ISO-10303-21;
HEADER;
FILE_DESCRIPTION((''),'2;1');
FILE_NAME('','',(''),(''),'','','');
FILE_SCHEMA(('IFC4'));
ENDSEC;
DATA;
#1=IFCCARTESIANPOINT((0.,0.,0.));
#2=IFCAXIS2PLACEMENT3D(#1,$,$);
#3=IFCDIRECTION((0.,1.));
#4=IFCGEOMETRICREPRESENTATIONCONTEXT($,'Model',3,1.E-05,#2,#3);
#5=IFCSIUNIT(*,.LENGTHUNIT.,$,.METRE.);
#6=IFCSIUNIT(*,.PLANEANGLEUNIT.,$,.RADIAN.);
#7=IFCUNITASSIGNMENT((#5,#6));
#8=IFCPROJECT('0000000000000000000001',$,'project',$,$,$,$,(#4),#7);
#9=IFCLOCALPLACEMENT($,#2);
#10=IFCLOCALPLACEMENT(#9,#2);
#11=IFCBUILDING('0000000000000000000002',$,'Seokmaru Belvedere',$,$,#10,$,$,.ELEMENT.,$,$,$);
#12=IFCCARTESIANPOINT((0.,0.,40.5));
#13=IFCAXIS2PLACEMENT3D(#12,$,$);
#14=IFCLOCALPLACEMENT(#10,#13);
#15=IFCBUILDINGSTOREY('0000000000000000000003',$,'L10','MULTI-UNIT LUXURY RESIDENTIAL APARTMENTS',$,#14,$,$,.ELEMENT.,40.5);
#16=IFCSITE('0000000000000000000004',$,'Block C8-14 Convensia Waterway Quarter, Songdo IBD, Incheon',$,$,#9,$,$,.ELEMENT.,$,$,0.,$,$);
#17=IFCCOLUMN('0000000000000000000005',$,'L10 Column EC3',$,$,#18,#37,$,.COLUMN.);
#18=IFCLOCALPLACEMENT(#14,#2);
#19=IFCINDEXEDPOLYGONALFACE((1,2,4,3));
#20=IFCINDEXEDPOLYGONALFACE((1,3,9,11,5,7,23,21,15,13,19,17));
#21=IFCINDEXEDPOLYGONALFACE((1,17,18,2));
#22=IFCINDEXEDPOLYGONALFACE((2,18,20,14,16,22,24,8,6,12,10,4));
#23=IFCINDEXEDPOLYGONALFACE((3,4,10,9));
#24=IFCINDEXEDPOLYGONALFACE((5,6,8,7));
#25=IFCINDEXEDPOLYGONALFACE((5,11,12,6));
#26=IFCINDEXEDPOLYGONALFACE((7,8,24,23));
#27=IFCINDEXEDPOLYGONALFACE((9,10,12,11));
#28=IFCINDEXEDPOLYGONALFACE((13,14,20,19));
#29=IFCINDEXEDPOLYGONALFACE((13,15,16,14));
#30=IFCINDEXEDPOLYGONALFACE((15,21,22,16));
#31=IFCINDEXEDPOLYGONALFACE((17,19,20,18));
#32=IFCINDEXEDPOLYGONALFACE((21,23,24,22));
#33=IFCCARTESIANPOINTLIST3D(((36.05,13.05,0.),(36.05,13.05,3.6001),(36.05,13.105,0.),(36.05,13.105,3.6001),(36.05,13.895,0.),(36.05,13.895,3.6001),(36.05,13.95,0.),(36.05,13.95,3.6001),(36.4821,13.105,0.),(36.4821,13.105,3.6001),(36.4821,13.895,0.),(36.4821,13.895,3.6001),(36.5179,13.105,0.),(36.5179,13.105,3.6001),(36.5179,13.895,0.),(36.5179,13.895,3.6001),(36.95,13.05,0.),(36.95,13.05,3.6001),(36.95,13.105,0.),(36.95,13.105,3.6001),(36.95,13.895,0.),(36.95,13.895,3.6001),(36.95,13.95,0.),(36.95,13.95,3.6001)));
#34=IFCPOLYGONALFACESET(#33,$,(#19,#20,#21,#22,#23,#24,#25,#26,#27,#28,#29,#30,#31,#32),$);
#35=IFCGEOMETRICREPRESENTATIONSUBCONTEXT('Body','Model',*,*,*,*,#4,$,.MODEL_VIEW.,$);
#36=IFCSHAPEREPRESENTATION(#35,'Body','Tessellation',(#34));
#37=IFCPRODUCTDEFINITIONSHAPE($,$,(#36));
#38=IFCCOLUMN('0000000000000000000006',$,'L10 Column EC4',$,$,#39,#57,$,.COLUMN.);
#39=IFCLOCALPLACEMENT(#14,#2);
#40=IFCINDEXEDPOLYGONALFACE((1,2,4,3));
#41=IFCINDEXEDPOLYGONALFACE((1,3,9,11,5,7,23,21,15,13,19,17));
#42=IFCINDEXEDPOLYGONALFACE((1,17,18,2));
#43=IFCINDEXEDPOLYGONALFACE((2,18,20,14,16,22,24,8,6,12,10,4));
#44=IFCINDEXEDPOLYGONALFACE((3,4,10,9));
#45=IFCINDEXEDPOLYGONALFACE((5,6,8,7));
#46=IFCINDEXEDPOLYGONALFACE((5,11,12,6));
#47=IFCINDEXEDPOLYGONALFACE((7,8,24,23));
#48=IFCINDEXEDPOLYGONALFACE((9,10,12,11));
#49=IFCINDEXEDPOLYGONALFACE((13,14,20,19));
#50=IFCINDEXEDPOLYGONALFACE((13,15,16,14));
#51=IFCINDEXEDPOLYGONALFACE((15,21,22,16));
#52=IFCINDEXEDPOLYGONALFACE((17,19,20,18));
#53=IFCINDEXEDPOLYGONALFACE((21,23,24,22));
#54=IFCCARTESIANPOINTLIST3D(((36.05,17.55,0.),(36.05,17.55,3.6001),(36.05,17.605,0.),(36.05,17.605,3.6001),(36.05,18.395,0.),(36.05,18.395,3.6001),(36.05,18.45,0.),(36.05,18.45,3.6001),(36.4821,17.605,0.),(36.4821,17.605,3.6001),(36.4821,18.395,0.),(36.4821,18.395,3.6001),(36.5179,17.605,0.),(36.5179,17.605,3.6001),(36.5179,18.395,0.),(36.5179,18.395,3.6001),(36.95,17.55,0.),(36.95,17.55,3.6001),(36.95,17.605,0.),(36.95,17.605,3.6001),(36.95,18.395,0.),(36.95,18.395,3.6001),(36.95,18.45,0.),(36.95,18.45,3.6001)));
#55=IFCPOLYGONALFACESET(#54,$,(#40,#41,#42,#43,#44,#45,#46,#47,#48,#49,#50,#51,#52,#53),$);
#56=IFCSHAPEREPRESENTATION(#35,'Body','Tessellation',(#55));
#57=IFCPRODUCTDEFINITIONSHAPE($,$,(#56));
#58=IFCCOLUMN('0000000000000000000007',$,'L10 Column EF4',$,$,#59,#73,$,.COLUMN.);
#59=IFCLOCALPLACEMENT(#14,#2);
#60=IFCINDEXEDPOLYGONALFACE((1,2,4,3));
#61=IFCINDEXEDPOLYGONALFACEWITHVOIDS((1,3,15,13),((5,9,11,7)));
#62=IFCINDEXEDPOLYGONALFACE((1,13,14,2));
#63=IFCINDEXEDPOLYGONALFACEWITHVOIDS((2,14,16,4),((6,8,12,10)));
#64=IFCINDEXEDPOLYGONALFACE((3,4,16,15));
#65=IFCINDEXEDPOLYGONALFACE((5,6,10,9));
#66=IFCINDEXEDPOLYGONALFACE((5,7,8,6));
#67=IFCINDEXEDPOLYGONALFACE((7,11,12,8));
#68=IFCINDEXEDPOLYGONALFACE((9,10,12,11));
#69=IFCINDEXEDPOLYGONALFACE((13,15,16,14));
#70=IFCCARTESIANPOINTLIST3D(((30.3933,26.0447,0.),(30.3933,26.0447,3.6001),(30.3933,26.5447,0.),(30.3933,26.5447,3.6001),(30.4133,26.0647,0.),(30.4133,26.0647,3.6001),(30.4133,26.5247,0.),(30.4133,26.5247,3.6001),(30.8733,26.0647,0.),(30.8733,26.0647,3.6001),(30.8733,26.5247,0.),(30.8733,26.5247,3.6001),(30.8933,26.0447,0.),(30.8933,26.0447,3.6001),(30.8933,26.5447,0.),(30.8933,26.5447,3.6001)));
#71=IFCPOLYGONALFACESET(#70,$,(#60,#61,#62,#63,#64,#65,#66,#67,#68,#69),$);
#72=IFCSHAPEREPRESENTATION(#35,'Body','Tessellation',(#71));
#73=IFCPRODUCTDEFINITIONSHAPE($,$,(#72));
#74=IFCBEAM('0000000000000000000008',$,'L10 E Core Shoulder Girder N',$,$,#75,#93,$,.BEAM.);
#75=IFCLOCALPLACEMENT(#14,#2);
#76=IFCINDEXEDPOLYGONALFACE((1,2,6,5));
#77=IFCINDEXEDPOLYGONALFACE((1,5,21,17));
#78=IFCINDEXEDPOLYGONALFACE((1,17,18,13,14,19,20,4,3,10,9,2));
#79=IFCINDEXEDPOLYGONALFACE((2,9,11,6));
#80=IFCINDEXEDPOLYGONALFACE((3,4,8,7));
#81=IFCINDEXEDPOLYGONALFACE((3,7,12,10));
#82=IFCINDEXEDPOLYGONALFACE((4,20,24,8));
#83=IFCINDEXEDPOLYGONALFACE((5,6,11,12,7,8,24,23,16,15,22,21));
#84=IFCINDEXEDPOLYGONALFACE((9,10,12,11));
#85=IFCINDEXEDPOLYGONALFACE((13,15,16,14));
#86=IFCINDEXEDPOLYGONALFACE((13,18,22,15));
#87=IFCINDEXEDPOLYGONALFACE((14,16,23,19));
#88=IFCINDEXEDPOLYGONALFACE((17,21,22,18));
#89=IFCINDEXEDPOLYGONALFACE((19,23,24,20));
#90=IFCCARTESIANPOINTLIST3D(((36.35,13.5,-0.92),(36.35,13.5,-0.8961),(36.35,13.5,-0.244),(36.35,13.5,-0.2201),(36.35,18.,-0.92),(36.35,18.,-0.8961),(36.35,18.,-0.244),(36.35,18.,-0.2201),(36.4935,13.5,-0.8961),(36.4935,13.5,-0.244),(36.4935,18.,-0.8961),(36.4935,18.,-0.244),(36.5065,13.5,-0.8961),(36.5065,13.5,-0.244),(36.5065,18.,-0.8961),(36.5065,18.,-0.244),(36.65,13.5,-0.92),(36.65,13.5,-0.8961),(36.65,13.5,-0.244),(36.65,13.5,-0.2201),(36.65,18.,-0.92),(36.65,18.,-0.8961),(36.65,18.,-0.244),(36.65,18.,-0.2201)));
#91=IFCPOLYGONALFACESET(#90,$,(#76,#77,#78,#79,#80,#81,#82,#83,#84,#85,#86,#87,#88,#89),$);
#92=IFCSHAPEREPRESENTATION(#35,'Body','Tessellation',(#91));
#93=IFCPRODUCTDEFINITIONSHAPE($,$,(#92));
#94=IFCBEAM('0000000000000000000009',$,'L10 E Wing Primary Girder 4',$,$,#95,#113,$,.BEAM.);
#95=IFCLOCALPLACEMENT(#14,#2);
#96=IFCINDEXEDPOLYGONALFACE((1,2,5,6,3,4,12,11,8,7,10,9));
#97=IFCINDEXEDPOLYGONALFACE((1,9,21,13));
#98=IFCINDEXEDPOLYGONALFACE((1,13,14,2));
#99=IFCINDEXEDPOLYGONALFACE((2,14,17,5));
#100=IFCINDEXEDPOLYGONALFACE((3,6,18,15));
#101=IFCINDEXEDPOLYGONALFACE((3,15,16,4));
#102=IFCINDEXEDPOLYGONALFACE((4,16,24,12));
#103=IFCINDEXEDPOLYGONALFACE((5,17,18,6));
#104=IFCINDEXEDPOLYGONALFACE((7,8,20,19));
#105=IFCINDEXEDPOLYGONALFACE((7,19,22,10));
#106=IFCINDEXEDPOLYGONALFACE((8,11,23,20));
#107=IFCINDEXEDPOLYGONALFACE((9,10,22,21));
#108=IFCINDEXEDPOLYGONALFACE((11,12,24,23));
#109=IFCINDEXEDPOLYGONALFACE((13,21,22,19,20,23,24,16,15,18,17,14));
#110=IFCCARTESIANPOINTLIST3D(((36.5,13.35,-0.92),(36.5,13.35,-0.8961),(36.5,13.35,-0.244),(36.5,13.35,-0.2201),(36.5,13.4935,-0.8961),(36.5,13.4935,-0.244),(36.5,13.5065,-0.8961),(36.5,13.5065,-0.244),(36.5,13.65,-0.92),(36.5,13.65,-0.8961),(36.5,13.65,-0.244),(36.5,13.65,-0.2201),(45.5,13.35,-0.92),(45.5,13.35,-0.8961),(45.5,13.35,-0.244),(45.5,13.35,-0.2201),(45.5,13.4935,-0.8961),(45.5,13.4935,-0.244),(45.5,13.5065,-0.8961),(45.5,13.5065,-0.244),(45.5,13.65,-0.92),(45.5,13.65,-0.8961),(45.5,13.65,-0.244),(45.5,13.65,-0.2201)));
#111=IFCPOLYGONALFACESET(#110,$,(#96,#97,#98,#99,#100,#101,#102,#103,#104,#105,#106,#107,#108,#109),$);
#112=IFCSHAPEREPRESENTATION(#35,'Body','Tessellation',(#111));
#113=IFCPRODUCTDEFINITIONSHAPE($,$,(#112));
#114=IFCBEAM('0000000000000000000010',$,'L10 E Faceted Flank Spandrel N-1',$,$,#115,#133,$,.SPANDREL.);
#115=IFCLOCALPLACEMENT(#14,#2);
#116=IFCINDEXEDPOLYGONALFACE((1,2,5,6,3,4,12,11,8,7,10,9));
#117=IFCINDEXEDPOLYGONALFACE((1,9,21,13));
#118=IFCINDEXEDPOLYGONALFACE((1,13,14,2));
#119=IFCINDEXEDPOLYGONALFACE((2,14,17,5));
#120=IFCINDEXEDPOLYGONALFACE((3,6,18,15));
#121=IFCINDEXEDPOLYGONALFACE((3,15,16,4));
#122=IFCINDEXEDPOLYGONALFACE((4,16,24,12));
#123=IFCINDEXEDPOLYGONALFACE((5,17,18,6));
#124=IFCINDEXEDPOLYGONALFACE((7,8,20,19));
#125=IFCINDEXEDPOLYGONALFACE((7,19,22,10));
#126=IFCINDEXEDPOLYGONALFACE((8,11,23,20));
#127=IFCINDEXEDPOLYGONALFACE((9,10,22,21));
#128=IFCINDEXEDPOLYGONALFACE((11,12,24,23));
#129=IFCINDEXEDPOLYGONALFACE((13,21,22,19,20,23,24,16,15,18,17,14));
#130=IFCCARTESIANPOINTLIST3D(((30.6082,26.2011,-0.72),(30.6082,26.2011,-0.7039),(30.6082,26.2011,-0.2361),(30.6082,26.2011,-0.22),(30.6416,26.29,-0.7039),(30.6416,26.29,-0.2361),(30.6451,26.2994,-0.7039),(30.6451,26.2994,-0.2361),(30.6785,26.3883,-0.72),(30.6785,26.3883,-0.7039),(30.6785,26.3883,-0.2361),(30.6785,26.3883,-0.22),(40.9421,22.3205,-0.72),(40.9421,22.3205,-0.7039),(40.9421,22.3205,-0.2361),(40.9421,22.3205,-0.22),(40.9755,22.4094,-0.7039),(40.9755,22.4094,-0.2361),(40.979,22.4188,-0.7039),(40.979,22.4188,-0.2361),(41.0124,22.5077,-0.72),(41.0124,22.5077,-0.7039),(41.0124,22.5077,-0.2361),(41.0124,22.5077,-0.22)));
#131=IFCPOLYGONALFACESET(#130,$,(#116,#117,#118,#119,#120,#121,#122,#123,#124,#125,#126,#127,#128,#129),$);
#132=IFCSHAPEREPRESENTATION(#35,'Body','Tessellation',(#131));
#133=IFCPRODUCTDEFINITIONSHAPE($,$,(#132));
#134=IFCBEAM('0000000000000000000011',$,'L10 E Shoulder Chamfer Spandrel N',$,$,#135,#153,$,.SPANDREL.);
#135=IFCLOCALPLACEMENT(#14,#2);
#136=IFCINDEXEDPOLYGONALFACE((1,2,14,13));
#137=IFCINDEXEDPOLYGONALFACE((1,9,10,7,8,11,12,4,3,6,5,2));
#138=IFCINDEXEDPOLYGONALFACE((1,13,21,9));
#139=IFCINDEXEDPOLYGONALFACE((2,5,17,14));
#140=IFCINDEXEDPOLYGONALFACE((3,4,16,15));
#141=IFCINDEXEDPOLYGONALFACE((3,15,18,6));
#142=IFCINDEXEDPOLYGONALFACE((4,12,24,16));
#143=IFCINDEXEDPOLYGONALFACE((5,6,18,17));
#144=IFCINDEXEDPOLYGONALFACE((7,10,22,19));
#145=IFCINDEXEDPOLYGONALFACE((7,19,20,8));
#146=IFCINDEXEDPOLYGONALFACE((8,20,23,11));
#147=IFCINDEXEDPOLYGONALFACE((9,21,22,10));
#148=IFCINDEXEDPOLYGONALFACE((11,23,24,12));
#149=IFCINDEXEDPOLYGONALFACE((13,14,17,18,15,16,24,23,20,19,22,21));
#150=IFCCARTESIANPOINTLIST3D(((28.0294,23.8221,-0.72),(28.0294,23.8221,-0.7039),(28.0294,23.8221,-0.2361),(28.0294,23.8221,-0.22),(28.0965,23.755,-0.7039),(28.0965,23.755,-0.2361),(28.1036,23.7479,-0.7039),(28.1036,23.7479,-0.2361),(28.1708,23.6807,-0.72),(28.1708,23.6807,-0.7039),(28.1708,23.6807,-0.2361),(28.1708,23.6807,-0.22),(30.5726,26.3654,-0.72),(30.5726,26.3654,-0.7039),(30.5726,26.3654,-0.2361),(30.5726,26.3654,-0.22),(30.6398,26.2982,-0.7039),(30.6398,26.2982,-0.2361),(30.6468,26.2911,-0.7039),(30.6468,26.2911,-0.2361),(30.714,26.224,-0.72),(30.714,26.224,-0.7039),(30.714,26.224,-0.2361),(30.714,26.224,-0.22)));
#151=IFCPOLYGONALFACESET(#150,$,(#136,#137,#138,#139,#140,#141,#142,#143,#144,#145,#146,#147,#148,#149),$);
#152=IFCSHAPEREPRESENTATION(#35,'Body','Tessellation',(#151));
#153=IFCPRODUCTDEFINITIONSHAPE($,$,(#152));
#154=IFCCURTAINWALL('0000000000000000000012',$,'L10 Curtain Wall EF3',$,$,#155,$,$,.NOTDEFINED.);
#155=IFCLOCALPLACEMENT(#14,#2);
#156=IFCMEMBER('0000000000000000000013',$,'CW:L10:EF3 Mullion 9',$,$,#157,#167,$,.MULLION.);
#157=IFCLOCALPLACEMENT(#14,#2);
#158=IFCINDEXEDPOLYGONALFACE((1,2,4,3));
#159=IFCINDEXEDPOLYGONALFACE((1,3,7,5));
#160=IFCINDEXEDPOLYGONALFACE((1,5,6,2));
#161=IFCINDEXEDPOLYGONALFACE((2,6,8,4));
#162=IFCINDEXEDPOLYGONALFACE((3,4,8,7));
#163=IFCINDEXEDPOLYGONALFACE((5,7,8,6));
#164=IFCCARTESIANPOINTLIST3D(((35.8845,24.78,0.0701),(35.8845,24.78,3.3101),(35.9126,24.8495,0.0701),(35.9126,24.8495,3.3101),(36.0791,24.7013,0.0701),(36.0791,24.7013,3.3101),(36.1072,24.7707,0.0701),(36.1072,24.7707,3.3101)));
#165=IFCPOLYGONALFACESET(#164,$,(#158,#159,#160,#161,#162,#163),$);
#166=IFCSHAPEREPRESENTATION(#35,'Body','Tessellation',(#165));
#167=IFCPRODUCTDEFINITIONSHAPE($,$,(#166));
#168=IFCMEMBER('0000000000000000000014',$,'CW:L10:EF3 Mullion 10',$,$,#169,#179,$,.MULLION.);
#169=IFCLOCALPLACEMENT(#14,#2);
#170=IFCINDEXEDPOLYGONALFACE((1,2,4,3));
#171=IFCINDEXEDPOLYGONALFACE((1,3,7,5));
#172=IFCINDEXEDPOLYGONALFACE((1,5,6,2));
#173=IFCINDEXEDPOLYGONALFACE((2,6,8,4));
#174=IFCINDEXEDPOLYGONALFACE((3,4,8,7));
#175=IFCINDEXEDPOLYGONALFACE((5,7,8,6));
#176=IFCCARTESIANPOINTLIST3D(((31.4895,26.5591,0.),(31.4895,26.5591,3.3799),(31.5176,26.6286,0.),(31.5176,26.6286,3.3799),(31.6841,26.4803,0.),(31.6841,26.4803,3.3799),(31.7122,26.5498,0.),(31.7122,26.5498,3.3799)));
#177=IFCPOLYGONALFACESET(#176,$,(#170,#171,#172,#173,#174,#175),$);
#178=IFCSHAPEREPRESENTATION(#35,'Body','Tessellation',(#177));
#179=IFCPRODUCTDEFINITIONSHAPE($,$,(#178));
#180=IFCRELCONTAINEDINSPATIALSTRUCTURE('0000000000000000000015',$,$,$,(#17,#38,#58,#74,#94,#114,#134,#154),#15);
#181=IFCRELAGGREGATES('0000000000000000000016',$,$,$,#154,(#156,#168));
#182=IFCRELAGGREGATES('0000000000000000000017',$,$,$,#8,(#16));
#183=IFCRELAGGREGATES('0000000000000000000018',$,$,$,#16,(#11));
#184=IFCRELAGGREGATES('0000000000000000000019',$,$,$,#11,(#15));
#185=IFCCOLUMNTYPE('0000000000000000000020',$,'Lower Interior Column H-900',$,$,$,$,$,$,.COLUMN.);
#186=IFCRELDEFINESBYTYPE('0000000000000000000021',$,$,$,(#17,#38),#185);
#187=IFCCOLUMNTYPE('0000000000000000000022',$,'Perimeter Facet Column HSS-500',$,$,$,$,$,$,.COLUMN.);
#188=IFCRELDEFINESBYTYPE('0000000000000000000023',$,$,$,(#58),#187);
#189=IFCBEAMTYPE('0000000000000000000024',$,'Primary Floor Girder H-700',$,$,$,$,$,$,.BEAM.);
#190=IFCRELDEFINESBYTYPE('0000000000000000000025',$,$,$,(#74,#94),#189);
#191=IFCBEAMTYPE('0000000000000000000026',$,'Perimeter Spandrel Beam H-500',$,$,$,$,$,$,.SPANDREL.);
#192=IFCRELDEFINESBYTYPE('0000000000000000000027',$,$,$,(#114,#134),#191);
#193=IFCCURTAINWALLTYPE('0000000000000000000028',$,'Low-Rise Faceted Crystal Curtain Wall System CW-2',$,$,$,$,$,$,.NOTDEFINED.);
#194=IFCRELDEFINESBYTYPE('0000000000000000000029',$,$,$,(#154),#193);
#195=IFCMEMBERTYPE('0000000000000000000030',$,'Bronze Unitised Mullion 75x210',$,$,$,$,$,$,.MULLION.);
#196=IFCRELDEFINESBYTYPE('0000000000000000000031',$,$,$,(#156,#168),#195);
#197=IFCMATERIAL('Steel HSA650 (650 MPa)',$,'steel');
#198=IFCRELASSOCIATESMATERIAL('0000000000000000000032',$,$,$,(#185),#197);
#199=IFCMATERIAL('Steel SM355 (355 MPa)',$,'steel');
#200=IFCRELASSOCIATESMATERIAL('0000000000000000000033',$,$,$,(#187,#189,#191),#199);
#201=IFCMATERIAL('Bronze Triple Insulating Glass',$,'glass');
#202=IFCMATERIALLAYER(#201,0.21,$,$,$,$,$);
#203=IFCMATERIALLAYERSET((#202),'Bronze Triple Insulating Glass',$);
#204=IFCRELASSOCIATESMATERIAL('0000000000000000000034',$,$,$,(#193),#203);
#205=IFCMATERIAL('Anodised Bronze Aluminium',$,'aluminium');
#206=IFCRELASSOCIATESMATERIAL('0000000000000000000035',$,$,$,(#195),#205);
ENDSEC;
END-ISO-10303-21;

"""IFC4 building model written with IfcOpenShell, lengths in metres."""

from ifc_helpers import new_model, si_unit, direction, frame, origin, origin_2d, place, context, subcontext, project, spatial, rectangle, hollow_rectangle, i_section, extrude, source, transform, mapped, material, layer, layer_set, material_profile, profile_set, type_object, type_shapes, element, aggregate, save


model = new_model("IFC4")

# Units and contexts
model_context = context("Model", 3, precision=1e-05, world=origin(), true_north=direction((0.0, 1.0)))
body_context = subcontext(model_context, "Body", "Model", "MODEL_VIEW")
ifc_project = project(units=[si_unit("LENGTHUNIT", "METRE"), si_unit("PLANEANGLEUNIT", "RADIAN")], contexts=[model_context])

# Site, building, storey
site_placement = place(None, origin())
site = spatial("IfcSite", under=ifc_project, at=site_placement, Name="Block C8-14 Convensia Waterway Quarter, Songdo IBD, Incheon", CompositionType="ELEMENT", RefElevation=0.0)
building_placement = place(site_placement, origin())
building = spatial("IfcBuilding", under=site, at=building_placement, Name="Seokmaru Belvedere", CompositionType="ELEMENT")
storey_placement = place(building_placement, frame((0.0, 0.0, 40.5)))
storey = spatial("IfcBuildingStorey", under=building, at=storey_placement, Name="L10", Description="MULTI-UNIT LUXURY RESIDENTIAL APARTMENTS", CompositionType="ELEMENT", Elevation=40.5)

# Columns
ifc_material_1 = material(Name="Steel HSA650 (650 MPa)", Category="steel")
ifc_material_profile_1 = material_profile(ifc_material_1, i_section(OverallWidth=0.8999, OverallDepth=0.8999, WebThickness=0.0359, FlangeThickness=0.0549, at=origin_2d()), Name="H-900x900x36x55")
ifc_profile_set_1 = profile_set([ifc_material_profile_1], Name="Steel HSA650 (650 MPa)")
column_type_1 = type_object("IfcColumnType", Name="Lower Interior Column H-900", PredefinedType="COLUMN", material=ifc_profile_set_1)
shared_shape_1 = source(origin(), body_context, "Body", "SweptSolid", [
    extrude(i_section(OverallWidth=0.8999, OverallDepth=0.8999, WebThickness=0.0359, FlangeThickness=0.0549, at=origin_2d()), origin(), (0.0, 0.0, 1.0), 3.6001),
])
type_shapes(column_type_1, [shared_shape_1])
for number, where, z_axis, x_axis, name in (
    (1, (36.5, 13.5, 0.0), (0.0, 0.0, 1.0), (1.0, 0.0, 0.0), "L10 Column EC3"),
    (2, (36.5, 18.0, 0.0), (0.0, 0.0, 1.0), (1.0, 0.0, 0.0), "L10 Column EC4"),
):
    element("IfcColumn", number, at=place(storey_placement, frame(where, z_axis=z_axis, x_axis=x_axis)), inside=storey, type_object=column_type_1, Name=name, PredefinedType="COLUMN", context=body_context, shape_type="MappedRepresentation", body=[
        mapped(shared_shape_1, transform((0.0, 0.0, 0.0), scale=1.0)),
    ])
ifc_material_2 = material(Name="Steel SM355 (355 MPa)", Category="steel")
ifc_material_profile_2 = material_profile(ifc_material_2, hollow_rectangle(XDim=0.5, YDim=0.5, WallThickness=0.02, at=origin_2d()), Name="HSS-500x500x20")
ifc_profile_set_2 = profile_set([ifc_material_profile_2], Name="Steel SM355 (355 MPa)")
column_type_2 = type_object("IfcColumnType", Name="Perimeter Facet Column HSS-500", PredefinedType="COLUMN", material=ifc_profile_set_2)
shared_shape_2 = source(origin(), body_context, "Body", "SweptSolid", [
    extrude(hollow_rectangle(XDim=0.5, YDim=0.5, WallThickness=0.02, at=origin_2d()), origin(), (0.0, 0.0, 1.0), 3.6001),
])
type_shapes(column_type_2, [shared_shape_2])
column_placement = place(storey_placement, frame((30.6433, 26.2947, 0.0), z_axis=(0.0, 0.0, 1.0), x_axis=(1.0, 0.0, 0.0)))
element("IfcColumn", 3, at=column_placement, inside=storey, type_object=column_type_2, Name="L10 Column EF4", PredefinedType="COLUMN", context=body_context, shape_type="MappedRepresentation", body=[
    mapped(shared_shape_2, transform((0.0, 0.0, 0.0), scale=1.0)),
])

# Beams
ifc_material_profile_3 = material_profile(ifc_material_2, i_section(OverallWidth=0.3, OverallDepth=0.7, WebThickness=0.0129, FlangeThickness=0.0239, at=origin_2d()), Name="H-700x300x13x24")
ifc_profile_set_3 = profile_set([ifc_material_profile_3], Name="Steel SM355 (355 MPa)")
beam_type_1 = type_object("IfcBeamType", Name="Primary Floor Girder H-700", PredefinedType="BEAM", material=ifc_profile_set_3)
shared_shape_3 = source(origin(), body_context, "Body", "SweptSolid", [
    extrude(i_section(OverallWidth=0.3, OverallDepth=0.7, WebThickness=0.0129, FlangeThickness=0.0239, at=origin_2d()), origin(), (0.0, 0.0, 1.0), 4.5),
])
beam_1_placement = place(storey_placement, frame((36.5, 13.5, -0.5701), z_axis=(0.0, 1.0, 0.0), x_axis=(-1.0, 0.0, 0.0)))
element("IfcBeam", 4, at=beam_1_placement, inside=storey, type_object=beam_type_1, Name="L10 E Core Shoulder Girder N", PredefinedType="BEAM", context=body_context, shape_type="MappedRepresentation", body=[
    mapped(shared_shape_3, transform((0.0, 0.0, 0.0), scale=1.0)),
])
shared_shape_4 = source(origin(), body_context, "Body", "SweptSolid", [
    extrude(i_section(OverallWidth=0.3, OverallDepth=0.7, WebThickness=0.0129, FlangeThickness=0.0239, at=origin_2d()), origin(), (0.0, 0.0, 1.0), 9.0),
])
type_shapes(beam_type_1, [shared_shape_3, shared_shape_4])
beam_2_placement = place(storey_placement, frame((36.5, 13.5, -0.5701), z_axis=(1.0, 0.0, 0.0), x_axis=(0.0, 1.0, 0.0)))
element("IfcBeam", 5, at=beam_2_placement, inside=storey, type_object=beam_type_1, Name="L10 E Wing Primary Girder 4", PredefinedType="BEAM", context=body_context, shape_type="MappedRepresentation", body=[
    mapped(shared_shape_4, transform((0.0, 0.0, 0.0), scale=1.0)),
])
ifc_material_profile_4 = material_profile(ifc_material_2, i_section(OverallWidth=0.2, OverallDepth=0.5, WebThickness=0.01, FlangeThickness=0.0161, at=origin_2d()), Name="H-500x200x10x16")
ifc_profile_set_4 = profile_set([ifc_material_profile_4], Name="Steel SM355 (355 MPa)")
beam_type_2 = type_object("IfcBeamType", Name="Perimeter Spandrel Beam H-500", PredefinedType="SPANDREL", material=ifc_profile_set_4)
shared_shape_5 = source(origin(), body_context, "Body", "SweptSolid", [
    extrude(i_section(OverallWidth=0.2, OverallDepth=0.5, WebThickness=0.01, FlangeThickness=0.0161, at=origin_2d()), origin(), (0.0, 0.0, 1.0), 11.0386),
])
beam_3_placement = place(storey_placement, frame((30.6433, 26.2947, -0.47), z_axis=(0.936169, -0.35155, 0.0), x_axis=(0.35155, 0.936169, 0.0)))
element("IfcBeam", 6, at=beam_3_placement, inside=storey, type_object=beam_type_2, Name="L10 E Faceted Flank Spandrel N-1", PredefinedType="SPANDREL", context=body_context, shape_type="MappedRepresentation", body=[
    mapped(shared_shape_5, transform((0.0, 0.0, 0.0), scale=1.0)),
])
shared_shape_6 = source(origin(), body_context, "Body", "SweptSolid", [
    extrude(i_section(OverallWidth=0.2, OverallDepth=0.5, WebThickness=0.01, FlangeThickness=0.0161, at=origin_2d()), origin(), (0.0, 0.0, 1.0), 3.5967),
])
type_shapes(beam_type_2, [shared_shape_5, shared_shape_6])
beam_4_placement = place(storey_placement, frame((30.6433, 26.2947, -0.47), z_axis=(-0.707107, -0.707107, 0.0), x_axis=(0.707107, -0.707107, 0.0)))
element("IfcBeam", 7, at=beam_4_placement, inside=storey, type_object=beam_type_2, Name="L10 E Shoulder Chamfer Spandrel N", PredefinedType="SPANDREL", context=body_context, shape_type="MappedRepresentation", body=[
    mapped(shared_shape_6, transform((0.0, 0.0, 0.0), scale=1.0)),
])

# Curtain wall, members
ifc_material_3 = material(Name="Bronze Triple Insulating Glass", Category="glass")
ifc_layer_1 = layer(ifc_material_3, 0.21)
ifc_layer_set_1 = layer_set([ifc_layer_1], Name="Bronze Triple Insulating Glass")
curtain_wall_type = type_object("IfcCurtainWallType", Name="Low-Rise Faceted Crystal Curtain Wall System CW-2", PredefinedType="NOTDEFINED", material=ifc_layer_set_1)
curtain_wall_1_placement = place(storey_placement, origin())
curtain_wall_1 = element("IfcCurtainWall", 8, at=curtain_wall_1_placement, inside=storey, type_object=curtain_wall_type, Name="L10 Curtain Wall EF3", PredefinedType="NOTDEFINED")
ifc_material_4 = material(Name="Anodised Bronze Aluminium", Category="aluminium")
ifc_material_profile_5 = material_profile(ifc_material_4, rectangle(XDim=0.075, YDim=0.21, at=origin_2d()), Name="CW-M-75x210")
ifc_profile_set_5 = profile_set([ifc_material_profile_5], Name="Anodised Bronze Aluminium")
member_type = type_object("IfcMemberType", Name="Bronze Unitised Mullion 75x210", PredefinedType="MULLION", material=ifc_profile_set_5)
shared_shape_7 = source(origin(), body_context, "Body", "SweptSolid", [
    extrude(rectangle(XDim=0.075, YDim=0.21, at=origin_2d()), origin(), (0.0, 0.0, 1.0), 3.24),
])
member_1_placement = place(storey_placement, frame((35.9958, 24.7754, 0.0701), z_axis=(0.0, 0.0, 1.0), x_axis=(-0.375192, -0.926947, 0.0)))
member_1 = element("IfcMember", 9, at=member_1_placement, type_object=member_type, Name="CW:L10:EF3 Mullion 9", PredefinedType="MULLION", context=body_context, shape_type="MappedRepresentation", body=[
    mapped(shared_shape_7, transform((0.0, 0.0, 0.0), scale=1.0)),
])
shared_shape_8 = source(origin(), body_context, "Body", "SweptSolid", [
    extrude(rectangle(XDim=0.075, YDim=0.21, at=origin_2d()), origin(), (0.0, 0.0, 1.0), 3.3799),
])
type_shapes(member_type, [shared_shape_7, shared_shape_8])
member_2_placement = place(storey_placement, frame((31.6008, 26.5544, 0.0), z_axis=(0.0, 0.0, 1.0), x_axis=(-0.375192, -0.926947, 0.0)))
member_2 = element("IfcMember", 10, at=member_2_placement, type_object=member_type, Name="CW:L10:EF3 Mullion 10", PredefinedType="MULLION", context=body_context, shape_type="MappedRepresentation", body=[
    mapped(shared_shape_8, transform((0.0, 0.0, 0.0), scale=1.0)),
])

aggregate(curtain_wall_1, [member_1, member_2])

save(model, "model.ifc")
